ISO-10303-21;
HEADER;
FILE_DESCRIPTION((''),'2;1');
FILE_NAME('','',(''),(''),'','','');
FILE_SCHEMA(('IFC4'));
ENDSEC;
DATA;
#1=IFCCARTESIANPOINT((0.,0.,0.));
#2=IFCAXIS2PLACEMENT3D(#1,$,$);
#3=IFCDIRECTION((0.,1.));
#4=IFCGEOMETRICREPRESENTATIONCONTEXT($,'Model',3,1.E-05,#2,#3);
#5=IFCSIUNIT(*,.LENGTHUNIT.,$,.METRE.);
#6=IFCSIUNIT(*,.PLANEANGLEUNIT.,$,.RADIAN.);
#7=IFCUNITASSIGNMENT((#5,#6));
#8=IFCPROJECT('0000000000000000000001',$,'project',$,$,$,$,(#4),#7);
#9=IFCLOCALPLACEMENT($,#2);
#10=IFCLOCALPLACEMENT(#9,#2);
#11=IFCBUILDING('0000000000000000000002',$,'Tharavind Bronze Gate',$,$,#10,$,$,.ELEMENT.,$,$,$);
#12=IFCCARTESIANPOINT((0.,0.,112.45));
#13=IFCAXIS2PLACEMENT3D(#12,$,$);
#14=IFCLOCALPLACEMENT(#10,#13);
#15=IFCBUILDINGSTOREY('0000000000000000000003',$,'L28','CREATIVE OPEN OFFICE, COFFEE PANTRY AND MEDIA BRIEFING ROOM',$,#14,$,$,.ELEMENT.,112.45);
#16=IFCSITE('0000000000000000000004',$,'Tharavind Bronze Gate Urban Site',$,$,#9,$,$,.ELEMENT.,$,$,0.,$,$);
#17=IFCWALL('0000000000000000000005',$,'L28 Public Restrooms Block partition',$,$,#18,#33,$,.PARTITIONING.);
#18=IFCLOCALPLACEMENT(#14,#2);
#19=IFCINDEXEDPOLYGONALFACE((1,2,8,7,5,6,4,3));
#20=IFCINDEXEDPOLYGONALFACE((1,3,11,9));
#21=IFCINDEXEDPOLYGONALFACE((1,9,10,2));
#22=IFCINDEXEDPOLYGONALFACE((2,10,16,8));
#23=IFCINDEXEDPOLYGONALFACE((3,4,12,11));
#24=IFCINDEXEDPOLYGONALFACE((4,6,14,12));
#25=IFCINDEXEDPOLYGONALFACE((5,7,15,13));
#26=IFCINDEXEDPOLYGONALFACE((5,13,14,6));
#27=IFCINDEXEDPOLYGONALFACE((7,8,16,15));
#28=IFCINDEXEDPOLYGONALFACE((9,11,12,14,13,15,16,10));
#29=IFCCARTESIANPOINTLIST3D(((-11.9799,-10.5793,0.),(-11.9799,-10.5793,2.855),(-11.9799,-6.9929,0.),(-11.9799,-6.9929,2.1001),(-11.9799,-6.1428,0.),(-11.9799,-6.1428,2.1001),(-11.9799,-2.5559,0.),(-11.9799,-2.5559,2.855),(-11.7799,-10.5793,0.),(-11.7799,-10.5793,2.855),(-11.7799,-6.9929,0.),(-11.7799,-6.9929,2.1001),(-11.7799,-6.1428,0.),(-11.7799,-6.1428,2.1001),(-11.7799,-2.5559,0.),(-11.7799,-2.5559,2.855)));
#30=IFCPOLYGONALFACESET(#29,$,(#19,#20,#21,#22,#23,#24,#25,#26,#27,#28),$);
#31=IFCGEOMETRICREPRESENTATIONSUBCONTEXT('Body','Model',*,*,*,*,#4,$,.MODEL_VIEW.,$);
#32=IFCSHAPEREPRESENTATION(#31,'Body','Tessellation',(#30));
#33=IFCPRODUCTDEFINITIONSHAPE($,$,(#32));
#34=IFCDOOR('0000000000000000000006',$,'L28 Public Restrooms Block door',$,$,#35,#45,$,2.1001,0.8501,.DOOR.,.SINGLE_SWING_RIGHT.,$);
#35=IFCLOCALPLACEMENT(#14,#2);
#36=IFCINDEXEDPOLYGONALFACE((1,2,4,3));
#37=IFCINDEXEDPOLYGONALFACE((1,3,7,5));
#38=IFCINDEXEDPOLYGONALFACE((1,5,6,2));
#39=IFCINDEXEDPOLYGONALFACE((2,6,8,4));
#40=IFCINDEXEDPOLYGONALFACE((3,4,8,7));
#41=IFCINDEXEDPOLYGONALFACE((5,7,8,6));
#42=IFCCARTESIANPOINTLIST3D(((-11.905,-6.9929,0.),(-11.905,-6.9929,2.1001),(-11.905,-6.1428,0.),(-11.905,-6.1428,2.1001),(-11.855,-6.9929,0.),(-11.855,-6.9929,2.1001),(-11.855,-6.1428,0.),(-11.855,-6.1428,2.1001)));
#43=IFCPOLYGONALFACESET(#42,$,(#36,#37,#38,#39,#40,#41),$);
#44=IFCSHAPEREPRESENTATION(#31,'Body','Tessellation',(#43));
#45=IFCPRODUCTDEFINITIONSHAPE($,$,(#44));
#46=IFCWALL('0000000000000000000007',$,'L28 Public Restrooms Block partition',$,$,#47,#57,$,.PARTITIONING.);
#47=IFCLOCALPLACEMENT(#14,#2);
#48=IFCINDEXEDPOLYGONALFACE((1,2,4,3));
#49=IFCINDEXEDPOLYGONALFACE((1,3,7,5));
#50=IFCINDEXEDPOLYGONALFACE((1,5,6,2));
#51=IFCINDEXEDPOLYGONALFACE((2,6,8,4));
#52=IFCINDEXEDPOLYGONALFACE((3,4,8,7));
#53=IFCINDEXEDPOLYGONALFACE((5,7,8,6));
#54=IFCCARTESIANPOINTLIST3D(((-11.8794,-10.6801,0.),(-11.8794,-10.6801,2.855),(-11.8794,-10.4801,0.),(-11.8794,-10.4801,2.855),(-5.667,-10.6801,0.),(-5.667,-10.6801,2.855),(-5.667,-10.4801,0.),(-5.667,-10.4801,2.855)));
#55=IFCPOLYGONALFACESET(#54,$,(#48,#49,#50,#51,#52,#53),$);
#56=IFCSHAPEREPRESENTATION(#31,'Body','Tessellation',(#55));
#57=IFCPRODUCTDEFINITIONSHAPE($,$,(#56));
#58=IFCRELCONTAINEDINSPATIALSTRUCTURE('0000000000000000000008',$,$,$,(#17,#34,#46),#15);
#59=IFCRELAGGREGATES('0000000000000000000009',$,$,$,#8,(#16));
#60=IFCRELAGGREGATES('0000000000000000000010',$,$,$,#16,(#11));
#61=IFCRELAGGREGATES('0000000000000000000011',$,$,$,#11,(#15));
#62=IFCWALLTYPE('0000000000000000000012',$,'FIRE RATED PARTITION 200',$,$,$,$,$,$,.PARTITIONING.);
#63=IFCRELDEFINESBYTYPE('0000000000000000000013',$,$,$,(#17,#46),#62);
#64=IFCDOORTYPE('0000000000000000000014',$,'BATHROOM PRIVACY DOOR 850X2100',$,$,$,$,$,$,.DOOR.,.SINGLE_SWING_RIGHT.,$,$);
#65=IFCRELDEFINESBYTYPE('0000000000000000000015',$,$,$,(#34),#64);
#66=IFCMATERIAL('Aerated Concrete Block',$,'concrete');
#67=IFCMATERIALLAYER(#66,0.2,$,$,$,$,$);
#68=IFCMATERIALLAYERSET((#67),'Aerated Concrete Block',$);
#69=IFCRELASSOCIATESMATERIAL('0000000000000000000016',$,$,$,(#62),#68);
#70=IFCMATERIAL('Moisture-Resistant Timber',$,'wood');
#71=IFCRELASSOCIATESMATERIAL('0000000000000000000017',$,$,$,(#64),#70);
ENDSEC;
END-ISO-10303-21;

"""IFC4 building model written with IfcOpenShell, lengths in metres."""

from ifc_helpers import new_model, si_unit, direction, frame, frame_2d, origin, place, context, subcontext, project, spatial, rectangle, extrude, material, layer, layer_set, type_object, element, fill, save


model = new_model("IFC4")

# Units and contexts
model_context = context("Model", 3, precision=1e-05, world=origin(), true_north=direction((0.0, 1.0)))
body_context = subcontext(model_context, "Body", "Model", "MODEL_VIEW")
ifc_project = project(units=[si_unit("LENGTHUNIT", "METRE"), si_unit("PLANEANGLEUNIT", "RADIAN")], contexts=[model_context])

# Site, building, storey
site_placement = place(None, origin())
site = spatial("IfcSite", under=ifc_project, at=site_placement, Name="Tharavind Bronze Gate Urban Site", CompositionType="ELEMENT", RefElevation=0.0)
building_placement = place(site_placement, origin())
building = spatial("IfcBuilding", under=site, at=building_placement, Name="Tharavind Bronze Gate", CompositionType="ELEMENT")
storey_placement = place(building_placement, frame((0.0, 0.0, 112.45)))
storey = spatial("IfcBuildingStorey", under=building, at=storey_placement, Name="L28", Description="CREATIVE OPEN OFFICE, COFFEE PANTRY AND MEDIA BRIEFING ROOM", CompositionType="ELEMENT", Elevation=112.45)

# Shared definitions
ifc_material_1 = material(Name="Aerated Concrete Block", Category="concrete")
ifc_layer_1 = layer(ifc_material_1, 0.2)
ifc_layer_set_1 = layer_set([ifc_layer_1], Name="Aerated Concrete Block")
wall_type = type_object("IfcWallType", Name="FIRE RATED PARTITION 200", PredefinedType="PARTITIONING", material=ifc_layer_set_1)

# Wall, opening, door
wall_1_placement = place(storey_placement, frame((-11.8799, -2.5559, 0.0), z_axis=(0.0, 0.0, 1.0), x_axis=(0.0, -1.0, 0.0)))
wall_1 = element("IfcWall", 1, at=wall_1_placement, inside=storey, type_object=wall_type, Name="L28 Public Restrooms Block partition", PredefinedType="PARTITIONING", context=body_context, shape_type="SweptSolid", body=[
    extrude(rectangle(XDim=8.0234, YDim=0.2, at=frame_2d((4.0117, 0.0))), origin(), (0.0, 0.0, 1.0), 2.855),
])
opening_1_placement = place(wall_1_placement, frame((3.5869, 0.0, 0.0)))
opening_1 = element("IfcOpeningElement", 2, at=opening_1_placement, cuts=wall_1, PredefinedType="OPENING", context=body_context, shape_type="SweptSolid", body=[
    extrude(rectangle(XDim=0.8501, YDim=2.1001, at=frame_2d((0.425, 1.05))), frame((0.0, 0.1101, 0.0), z_axis=(0.0, -1.0, 0.0), x_axis=(1.0, 0.0, 0.0)), (0.0, 0.0, 1.0), 0.22),
])
ifc_material_2 = material(Name="Moisture-Resistant Timber", Category="wood")
door_type_1 = type_object("IfcDoorType", Name="BATHROOM PRIVACY DOOR 850X2100", OperationType="SINGLE_SWING_RIGHT", PredefinedType="DOOR", material=ifc_material_2)
door_1_placement = place(opening_1_placement, origin())
door_1 = element("IfcDoor", 3, at=door_1_placement, inside=storey, type_object=door_type_1, Name="L28 Public Restrooms Block door", OperationType="SINGLE_SWING_RIGHT", OverallHeight=2.1001, OverallWidth=0.8501, PredefinedType="DOOR", context=body_context, shape_type="SweptSolid", body=[
    extrude(rectangle(XDim=0.8501, YDim=2.1001, at=frame_2d((0.425, 1.05))), frame((0.0, 0.0249, 0.0), z_axis=(0.0, -1.0, 0.0), x_axis=(1.0, 0.0, 0.0)), (0.0, 0.0, 1.0), 0.05),
])
fill(opening_1, door_1)

# Wall
wall_2_placement = place(storey_placement, frame((-11.8794, -10.5801, 0.0), z_axis=(0.0, 0.0, 1.0), x_axis=(1.0, 0.0, 0.0)))
element("IfcWall", 4, at=wall_2_placement, inside=storey, type_object=wall_type, Name="L28 Public Restrooms Block partition", PredefinedType="PARTITIONING", context=body_context, shape_type="SweptSolid", body=[
    extrude(rectangle(XDim=6.2124, YDim=0.2, at=frame_2d((3.1062, 0.0))), origin(), (0.0, 0.0, 1.0), 2.855),
])

save(model, "model.ifc")
